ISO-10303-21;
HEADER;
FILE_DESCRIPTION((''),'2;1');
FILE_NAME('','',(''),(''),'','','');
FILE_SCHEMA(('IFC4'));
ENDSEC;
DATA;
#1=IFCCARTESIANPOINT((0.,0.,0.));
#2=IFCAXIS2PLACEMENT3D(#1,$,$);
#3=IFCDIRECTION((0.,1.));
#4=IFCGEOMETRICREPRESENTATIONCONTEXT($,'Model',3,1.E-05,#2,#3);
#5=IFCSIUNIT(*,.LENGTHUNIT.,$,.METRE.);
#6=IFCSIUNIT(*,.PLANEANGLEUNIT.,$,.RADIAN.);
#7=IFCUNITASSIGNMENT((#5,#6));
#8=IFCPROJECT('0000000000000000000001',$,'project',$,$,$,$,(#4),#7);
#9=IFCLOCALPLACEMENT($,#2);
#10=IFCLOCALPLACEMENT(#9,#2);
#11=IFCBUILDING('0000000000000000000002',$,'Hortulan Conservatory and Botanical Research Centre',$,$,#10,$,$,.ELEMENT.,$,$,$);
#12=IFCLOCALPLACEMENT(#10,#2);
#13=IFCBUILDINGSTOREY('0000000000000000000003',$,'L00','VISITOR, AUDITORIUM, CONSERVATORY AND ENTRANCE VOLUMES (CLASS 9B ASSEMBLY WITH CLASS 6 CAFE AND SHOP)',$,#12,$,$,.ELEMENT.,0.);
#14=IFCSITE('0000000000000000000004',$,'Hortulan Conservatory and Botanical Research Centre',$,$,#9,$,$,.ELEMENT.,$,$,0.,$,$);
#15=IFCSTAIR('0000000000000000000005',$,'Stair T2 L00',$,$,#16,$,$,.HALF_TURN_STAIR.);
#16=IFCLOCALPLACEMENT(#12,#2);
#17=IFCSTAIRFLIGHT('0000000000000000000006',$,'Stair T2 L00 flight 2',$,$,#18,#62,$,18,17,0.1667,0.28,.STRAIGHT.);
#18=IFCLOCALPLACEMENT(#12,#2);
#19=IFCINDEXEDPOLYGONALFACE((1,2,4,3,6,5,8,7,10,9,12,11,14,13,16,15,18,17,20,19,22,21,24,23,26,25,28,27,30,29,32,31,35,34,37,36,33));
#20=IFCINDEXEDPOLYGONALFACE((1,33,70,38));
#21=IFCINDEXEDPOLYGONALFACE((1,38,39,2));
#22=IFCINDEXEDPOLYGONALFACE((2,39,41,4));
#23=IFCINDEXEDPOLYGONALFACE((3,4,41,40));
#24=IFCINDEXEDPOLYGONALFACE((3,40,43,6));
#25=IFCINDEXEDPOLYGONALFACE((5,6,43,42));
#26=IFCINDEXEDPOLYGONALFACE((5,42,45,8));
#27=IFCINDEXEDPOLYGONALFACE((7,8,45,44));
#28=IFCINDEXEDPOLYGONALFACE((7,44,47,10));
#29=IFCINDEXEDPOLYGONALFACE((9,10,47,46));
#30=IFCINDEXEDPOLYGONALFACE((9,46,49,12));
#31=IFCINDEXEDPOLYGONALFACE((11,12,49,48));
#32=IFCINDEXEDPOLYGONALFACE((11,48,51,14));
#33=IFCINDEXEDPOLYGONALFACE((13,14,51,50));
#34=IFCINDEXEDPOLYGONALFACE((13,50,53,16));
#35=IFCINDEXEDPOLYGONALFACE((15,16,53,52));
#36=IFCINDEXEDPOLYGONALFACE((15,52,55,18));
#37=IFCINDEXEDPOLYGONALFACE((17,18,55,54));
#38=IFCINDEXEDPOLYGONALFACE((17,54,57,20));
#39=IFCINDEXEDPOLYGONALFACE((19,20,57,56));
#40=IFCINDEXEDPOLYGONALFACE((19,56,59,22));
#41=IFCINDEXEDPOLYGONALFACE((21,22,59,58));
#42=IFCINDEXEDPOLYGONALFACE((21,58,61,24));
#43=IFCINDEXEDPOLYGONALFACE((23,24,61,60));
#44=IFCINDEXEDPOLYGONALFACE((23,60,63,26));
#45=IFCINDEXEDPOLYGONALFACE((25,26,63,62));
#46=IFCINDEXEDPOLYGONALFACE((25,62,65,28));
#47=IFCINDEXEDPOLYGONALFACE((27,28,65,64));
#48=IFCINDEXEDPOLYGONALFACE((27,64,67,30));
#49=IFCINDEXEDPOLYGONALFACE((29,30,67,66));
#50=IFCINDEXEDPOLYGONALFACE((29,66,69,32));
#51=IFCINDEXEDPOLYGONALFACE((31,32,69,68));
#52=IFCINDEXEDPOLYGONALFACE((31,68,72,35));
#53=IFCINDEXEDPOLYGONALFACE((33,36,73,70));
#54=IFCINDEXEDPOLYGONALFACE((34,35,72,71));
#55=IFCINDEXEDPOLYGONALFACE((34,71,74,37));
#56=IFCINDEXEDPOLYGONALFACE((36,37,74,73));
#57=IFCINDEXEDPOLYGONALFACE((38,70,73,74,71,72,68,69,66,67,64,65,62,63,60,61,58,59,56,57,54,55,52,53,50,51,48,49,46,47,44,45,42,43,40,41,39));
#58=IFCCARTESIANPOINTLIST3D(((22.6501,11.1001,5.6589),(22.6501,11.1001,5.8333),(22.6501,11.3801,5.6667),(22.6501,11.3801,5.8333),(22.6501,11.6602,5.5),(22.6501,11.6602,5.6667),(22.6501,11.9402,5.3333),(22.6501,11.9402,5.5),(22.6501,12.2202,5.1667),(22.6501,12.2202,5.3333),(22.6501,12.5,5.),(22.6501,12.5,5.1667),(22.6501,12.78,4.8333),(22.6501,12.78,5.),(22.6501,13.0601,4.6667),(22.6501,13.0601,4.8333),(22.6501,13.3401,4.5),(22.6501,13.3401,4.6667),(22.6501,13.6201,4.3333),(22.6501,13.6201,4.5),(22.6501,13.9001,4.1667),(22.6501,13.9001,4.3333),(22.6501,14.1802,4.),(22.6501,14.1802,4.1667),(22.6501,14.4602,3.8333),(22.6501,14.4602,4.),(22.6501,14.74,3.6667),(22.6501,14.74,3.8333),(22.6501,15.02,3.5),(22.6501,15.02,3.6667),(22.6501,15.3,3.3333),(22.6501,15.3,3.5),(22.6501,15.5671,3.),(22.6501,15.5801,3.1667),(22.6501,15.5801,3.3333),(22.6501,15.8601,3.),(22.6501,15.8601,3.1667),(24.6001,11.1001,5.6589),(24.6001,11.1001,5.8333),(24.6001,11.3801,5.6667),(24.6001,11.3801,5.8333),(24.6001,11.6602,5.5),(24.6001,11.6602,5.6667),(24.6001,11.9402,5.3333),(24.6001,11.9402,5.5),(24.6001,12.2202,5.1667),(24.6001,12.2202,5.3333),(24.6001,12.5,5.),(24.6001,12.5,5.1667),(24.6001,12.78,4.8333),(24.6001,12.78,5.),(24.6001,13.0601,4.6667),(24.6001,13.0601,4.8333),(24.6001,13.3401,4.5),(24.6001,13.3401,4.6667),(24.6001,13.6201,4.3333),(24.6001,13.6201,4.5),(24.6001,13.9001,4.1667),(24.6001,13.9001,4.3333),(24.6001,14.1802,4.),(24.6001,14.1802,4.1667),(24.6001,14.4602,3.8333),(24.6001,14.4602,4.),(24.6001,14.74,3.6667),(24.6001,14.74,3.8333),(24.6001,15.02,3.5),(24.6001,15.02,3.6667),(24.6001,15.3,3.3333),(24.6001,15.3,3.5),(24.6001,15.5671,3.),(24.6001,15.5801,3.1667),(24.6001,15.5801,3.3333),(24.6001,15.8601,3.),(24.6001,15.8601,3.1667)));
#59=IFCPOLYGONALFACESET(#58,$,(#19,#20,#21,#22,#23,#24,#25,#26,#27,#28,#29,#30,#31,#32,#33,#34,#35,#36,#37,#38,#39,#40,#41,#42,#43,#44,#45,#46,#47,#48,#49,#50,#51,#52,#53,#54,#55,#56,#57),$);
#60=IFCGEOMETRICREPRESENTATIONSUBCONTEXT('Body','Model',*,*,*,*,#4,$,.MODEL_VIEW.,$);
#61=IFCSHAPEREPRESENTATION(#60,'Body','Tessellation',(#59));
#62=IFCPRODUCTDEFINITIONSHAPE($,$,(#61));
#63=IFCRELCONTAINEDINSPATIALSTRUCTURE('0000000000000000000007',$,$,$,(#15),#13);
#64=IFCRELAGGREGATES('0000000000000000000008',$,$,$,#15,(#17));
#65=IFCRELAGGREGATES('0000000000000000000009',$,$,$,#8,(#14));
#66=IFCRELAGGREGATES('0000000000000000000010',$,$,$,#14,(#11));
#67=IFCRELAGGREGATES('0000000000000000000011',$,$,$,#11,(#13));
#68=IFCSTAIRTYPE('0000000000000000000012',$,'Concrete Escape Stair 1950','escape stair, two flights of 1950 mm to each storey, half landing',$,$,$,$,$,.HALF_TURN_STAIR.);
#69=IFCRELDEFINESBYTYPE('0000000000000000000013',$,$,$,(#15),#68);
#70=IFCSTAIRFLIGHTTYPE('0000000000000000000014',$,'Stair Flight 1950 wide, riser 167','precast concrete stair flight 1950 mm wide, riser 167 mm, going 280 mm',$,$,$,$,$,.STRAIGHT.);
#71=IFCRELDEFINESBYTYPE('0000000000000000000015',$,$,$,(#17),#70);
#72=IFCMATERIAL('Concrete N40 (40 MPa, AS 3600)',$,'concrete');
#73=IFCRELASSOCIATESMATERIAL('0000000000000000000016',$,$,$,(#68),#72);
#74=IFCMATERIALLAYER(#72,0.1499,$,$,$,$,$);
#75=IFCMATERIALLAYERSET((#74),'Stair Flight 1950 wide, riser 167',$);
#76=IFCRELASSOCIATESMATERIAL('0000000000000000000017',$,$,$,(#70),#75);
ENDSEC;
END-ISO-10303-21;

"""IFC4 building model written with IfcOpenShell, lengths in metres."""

from ifc_helpers import new_model, si_unit, direction, frame, origin, place, context, subcontext, project, spatial, polyline, outline, extrude, material, layer, layer_set, type_object, element, aggregate, save


model = new_model("IFC4")

# Units and contexts
model_context = context("Model", 3, precision=1e-05, world=origin(), true_north=direction((0.0, 1.0)))
body_context = subcontext(model_context, "Body", "Model", "MODEL_VIEW")
ifc_project = project(units=[si_unit("LENGTHUNIT", "METRE"), si_unit("PLANEANGLEUNIT", "RADIAN")], contexts=[model_context])

# Site, building, storey
site_placement = place(None, origin())
site = spatial("IfcSite", under=ifc_project, at=site_placement, Name="Hortulan Conservatory and Botanical Research Centre", CompositionType="ELEMENT", RefElevation=0.0)
building_placement = place(site_placement, origin())
building = spatial("IfcBuilding", under=site, at=building_placement, Name="Hortulan Conservatory and Botanical Research Centre", CompositionType="ELEMENT")
storey_placement = place(building_placement, origin())
storey = spatial("IfcBuildingStorey", under=building, at=storey_placement, Name="L00", Description="VISITOR, AUDITORIUM, CONSERVATORY AND ENTRANCE VOLUMES (CLASS 9B ASSEMBLY WITH CLASS 6 CAFE AND SHOP)", CompositionType="ELEMENT", Elevation=0.0)

# Shared definitions
ifc_material_1 = material(Name="Concrete N40 (40 MPa, AS 3600)", Category="concrete")

# Stair, stair flight
stair_type = type_object("IfcStairType", Name="Concrete Escape Stair 1950", Description="escape stair, two flights of 1950 mm to each storey, half landing", PredefinedType="HALF_TURN_STAIR", material=ifc_material_1)
stair_placement = place(storey_placement, origin())
stair = element("IfcStair", 1, at=stair_placement, inside=storey, type_object=stair_type, Name="Stair T2 L00", PredefinedType="HALF_TURN_STAIR")
ifc_layer_1 = layer(ifc_material_1, 0.1499)
ifc_layer_set_1 = layer_set([ifc_layer_1], Name="Stair Flight 1950 wide, riser 167")
stair_flight_type = type_object("IfcStairFlightType", Name="Stair Flight 1950 wide, riser 167", Description="precast concrete stair flight 1950 mm wide, riser 167 mm, going 280 mm", PredefinedType="STRAIGHT", material=ifc_layer_set_1)
stair_flight_1_placement = place(storey_placement, frame((23.625, 15.8601, 3.0), z_axis=(0.0, 0.0, 1.0), x_axis=(0.0, -1.0, 0.0)))
stair_flight_1 = element("IfcStairFlight", 2, at=stair_flight_1_placement, type_object=stair_flight_type, Name="Stair T2 L00 flight 2", NumberOfRisers=18, NumberOfTreads=17, PredefinedType="STRAIGHT", RiserHeight=0.1667, TreadLength=0.28, context=body_context, shape_type="SweptSolid", body=[
    extrude(outline(polyline([(0.0, 0.0), (0.0, 0.1667), (0.28, 0.1667), (0.28, 0.3333), (0.5601, 0.3333), (0.5601, 0.5), (0.8401, 0.5), (0.8401, 0.6667), (1.1201, 0.6667), (1.1201, 0.8333), (1.3999, 0.8333), (1.3999, 1.0), (1.6799, 1.0), (1.6799, 1.1667), (1.96, 1.1667), (1.96, 1.3333), (2.24, 1.3333), (2.24, 1.5), (2.52, 1.5), (2.52, 1.6667), (2.8, 1.6667), (2.8, 1.8333), (3.0801, 1.8333), (3.0801, 2.0), (3.3601, 2.0), (3.3601, 2.1667), (3.6399, 2.1667), (3.6399, 2.3333), (3.9199, 2.3333), (3.9199, 2.5), (4.2, 2.5), (4.2, 2.6667), (4.48, 2.6667), (4.48, 2.8333), (4.76, 2.8333), (4.76, 3.0), (4.76, 2.6589), (0.293, 0.0), (0.0, 0.0)])), frame((0.0, 0.9751, 0.0), z_axis=(0.0, -1.0, 0.0), x_axis=(1.0, 0.0, 0.0)), (0.0, 0.0, 1.0), 1.95),
])
aggregate(stair, [stair_flight_1])

save(model, "model.ifc")
